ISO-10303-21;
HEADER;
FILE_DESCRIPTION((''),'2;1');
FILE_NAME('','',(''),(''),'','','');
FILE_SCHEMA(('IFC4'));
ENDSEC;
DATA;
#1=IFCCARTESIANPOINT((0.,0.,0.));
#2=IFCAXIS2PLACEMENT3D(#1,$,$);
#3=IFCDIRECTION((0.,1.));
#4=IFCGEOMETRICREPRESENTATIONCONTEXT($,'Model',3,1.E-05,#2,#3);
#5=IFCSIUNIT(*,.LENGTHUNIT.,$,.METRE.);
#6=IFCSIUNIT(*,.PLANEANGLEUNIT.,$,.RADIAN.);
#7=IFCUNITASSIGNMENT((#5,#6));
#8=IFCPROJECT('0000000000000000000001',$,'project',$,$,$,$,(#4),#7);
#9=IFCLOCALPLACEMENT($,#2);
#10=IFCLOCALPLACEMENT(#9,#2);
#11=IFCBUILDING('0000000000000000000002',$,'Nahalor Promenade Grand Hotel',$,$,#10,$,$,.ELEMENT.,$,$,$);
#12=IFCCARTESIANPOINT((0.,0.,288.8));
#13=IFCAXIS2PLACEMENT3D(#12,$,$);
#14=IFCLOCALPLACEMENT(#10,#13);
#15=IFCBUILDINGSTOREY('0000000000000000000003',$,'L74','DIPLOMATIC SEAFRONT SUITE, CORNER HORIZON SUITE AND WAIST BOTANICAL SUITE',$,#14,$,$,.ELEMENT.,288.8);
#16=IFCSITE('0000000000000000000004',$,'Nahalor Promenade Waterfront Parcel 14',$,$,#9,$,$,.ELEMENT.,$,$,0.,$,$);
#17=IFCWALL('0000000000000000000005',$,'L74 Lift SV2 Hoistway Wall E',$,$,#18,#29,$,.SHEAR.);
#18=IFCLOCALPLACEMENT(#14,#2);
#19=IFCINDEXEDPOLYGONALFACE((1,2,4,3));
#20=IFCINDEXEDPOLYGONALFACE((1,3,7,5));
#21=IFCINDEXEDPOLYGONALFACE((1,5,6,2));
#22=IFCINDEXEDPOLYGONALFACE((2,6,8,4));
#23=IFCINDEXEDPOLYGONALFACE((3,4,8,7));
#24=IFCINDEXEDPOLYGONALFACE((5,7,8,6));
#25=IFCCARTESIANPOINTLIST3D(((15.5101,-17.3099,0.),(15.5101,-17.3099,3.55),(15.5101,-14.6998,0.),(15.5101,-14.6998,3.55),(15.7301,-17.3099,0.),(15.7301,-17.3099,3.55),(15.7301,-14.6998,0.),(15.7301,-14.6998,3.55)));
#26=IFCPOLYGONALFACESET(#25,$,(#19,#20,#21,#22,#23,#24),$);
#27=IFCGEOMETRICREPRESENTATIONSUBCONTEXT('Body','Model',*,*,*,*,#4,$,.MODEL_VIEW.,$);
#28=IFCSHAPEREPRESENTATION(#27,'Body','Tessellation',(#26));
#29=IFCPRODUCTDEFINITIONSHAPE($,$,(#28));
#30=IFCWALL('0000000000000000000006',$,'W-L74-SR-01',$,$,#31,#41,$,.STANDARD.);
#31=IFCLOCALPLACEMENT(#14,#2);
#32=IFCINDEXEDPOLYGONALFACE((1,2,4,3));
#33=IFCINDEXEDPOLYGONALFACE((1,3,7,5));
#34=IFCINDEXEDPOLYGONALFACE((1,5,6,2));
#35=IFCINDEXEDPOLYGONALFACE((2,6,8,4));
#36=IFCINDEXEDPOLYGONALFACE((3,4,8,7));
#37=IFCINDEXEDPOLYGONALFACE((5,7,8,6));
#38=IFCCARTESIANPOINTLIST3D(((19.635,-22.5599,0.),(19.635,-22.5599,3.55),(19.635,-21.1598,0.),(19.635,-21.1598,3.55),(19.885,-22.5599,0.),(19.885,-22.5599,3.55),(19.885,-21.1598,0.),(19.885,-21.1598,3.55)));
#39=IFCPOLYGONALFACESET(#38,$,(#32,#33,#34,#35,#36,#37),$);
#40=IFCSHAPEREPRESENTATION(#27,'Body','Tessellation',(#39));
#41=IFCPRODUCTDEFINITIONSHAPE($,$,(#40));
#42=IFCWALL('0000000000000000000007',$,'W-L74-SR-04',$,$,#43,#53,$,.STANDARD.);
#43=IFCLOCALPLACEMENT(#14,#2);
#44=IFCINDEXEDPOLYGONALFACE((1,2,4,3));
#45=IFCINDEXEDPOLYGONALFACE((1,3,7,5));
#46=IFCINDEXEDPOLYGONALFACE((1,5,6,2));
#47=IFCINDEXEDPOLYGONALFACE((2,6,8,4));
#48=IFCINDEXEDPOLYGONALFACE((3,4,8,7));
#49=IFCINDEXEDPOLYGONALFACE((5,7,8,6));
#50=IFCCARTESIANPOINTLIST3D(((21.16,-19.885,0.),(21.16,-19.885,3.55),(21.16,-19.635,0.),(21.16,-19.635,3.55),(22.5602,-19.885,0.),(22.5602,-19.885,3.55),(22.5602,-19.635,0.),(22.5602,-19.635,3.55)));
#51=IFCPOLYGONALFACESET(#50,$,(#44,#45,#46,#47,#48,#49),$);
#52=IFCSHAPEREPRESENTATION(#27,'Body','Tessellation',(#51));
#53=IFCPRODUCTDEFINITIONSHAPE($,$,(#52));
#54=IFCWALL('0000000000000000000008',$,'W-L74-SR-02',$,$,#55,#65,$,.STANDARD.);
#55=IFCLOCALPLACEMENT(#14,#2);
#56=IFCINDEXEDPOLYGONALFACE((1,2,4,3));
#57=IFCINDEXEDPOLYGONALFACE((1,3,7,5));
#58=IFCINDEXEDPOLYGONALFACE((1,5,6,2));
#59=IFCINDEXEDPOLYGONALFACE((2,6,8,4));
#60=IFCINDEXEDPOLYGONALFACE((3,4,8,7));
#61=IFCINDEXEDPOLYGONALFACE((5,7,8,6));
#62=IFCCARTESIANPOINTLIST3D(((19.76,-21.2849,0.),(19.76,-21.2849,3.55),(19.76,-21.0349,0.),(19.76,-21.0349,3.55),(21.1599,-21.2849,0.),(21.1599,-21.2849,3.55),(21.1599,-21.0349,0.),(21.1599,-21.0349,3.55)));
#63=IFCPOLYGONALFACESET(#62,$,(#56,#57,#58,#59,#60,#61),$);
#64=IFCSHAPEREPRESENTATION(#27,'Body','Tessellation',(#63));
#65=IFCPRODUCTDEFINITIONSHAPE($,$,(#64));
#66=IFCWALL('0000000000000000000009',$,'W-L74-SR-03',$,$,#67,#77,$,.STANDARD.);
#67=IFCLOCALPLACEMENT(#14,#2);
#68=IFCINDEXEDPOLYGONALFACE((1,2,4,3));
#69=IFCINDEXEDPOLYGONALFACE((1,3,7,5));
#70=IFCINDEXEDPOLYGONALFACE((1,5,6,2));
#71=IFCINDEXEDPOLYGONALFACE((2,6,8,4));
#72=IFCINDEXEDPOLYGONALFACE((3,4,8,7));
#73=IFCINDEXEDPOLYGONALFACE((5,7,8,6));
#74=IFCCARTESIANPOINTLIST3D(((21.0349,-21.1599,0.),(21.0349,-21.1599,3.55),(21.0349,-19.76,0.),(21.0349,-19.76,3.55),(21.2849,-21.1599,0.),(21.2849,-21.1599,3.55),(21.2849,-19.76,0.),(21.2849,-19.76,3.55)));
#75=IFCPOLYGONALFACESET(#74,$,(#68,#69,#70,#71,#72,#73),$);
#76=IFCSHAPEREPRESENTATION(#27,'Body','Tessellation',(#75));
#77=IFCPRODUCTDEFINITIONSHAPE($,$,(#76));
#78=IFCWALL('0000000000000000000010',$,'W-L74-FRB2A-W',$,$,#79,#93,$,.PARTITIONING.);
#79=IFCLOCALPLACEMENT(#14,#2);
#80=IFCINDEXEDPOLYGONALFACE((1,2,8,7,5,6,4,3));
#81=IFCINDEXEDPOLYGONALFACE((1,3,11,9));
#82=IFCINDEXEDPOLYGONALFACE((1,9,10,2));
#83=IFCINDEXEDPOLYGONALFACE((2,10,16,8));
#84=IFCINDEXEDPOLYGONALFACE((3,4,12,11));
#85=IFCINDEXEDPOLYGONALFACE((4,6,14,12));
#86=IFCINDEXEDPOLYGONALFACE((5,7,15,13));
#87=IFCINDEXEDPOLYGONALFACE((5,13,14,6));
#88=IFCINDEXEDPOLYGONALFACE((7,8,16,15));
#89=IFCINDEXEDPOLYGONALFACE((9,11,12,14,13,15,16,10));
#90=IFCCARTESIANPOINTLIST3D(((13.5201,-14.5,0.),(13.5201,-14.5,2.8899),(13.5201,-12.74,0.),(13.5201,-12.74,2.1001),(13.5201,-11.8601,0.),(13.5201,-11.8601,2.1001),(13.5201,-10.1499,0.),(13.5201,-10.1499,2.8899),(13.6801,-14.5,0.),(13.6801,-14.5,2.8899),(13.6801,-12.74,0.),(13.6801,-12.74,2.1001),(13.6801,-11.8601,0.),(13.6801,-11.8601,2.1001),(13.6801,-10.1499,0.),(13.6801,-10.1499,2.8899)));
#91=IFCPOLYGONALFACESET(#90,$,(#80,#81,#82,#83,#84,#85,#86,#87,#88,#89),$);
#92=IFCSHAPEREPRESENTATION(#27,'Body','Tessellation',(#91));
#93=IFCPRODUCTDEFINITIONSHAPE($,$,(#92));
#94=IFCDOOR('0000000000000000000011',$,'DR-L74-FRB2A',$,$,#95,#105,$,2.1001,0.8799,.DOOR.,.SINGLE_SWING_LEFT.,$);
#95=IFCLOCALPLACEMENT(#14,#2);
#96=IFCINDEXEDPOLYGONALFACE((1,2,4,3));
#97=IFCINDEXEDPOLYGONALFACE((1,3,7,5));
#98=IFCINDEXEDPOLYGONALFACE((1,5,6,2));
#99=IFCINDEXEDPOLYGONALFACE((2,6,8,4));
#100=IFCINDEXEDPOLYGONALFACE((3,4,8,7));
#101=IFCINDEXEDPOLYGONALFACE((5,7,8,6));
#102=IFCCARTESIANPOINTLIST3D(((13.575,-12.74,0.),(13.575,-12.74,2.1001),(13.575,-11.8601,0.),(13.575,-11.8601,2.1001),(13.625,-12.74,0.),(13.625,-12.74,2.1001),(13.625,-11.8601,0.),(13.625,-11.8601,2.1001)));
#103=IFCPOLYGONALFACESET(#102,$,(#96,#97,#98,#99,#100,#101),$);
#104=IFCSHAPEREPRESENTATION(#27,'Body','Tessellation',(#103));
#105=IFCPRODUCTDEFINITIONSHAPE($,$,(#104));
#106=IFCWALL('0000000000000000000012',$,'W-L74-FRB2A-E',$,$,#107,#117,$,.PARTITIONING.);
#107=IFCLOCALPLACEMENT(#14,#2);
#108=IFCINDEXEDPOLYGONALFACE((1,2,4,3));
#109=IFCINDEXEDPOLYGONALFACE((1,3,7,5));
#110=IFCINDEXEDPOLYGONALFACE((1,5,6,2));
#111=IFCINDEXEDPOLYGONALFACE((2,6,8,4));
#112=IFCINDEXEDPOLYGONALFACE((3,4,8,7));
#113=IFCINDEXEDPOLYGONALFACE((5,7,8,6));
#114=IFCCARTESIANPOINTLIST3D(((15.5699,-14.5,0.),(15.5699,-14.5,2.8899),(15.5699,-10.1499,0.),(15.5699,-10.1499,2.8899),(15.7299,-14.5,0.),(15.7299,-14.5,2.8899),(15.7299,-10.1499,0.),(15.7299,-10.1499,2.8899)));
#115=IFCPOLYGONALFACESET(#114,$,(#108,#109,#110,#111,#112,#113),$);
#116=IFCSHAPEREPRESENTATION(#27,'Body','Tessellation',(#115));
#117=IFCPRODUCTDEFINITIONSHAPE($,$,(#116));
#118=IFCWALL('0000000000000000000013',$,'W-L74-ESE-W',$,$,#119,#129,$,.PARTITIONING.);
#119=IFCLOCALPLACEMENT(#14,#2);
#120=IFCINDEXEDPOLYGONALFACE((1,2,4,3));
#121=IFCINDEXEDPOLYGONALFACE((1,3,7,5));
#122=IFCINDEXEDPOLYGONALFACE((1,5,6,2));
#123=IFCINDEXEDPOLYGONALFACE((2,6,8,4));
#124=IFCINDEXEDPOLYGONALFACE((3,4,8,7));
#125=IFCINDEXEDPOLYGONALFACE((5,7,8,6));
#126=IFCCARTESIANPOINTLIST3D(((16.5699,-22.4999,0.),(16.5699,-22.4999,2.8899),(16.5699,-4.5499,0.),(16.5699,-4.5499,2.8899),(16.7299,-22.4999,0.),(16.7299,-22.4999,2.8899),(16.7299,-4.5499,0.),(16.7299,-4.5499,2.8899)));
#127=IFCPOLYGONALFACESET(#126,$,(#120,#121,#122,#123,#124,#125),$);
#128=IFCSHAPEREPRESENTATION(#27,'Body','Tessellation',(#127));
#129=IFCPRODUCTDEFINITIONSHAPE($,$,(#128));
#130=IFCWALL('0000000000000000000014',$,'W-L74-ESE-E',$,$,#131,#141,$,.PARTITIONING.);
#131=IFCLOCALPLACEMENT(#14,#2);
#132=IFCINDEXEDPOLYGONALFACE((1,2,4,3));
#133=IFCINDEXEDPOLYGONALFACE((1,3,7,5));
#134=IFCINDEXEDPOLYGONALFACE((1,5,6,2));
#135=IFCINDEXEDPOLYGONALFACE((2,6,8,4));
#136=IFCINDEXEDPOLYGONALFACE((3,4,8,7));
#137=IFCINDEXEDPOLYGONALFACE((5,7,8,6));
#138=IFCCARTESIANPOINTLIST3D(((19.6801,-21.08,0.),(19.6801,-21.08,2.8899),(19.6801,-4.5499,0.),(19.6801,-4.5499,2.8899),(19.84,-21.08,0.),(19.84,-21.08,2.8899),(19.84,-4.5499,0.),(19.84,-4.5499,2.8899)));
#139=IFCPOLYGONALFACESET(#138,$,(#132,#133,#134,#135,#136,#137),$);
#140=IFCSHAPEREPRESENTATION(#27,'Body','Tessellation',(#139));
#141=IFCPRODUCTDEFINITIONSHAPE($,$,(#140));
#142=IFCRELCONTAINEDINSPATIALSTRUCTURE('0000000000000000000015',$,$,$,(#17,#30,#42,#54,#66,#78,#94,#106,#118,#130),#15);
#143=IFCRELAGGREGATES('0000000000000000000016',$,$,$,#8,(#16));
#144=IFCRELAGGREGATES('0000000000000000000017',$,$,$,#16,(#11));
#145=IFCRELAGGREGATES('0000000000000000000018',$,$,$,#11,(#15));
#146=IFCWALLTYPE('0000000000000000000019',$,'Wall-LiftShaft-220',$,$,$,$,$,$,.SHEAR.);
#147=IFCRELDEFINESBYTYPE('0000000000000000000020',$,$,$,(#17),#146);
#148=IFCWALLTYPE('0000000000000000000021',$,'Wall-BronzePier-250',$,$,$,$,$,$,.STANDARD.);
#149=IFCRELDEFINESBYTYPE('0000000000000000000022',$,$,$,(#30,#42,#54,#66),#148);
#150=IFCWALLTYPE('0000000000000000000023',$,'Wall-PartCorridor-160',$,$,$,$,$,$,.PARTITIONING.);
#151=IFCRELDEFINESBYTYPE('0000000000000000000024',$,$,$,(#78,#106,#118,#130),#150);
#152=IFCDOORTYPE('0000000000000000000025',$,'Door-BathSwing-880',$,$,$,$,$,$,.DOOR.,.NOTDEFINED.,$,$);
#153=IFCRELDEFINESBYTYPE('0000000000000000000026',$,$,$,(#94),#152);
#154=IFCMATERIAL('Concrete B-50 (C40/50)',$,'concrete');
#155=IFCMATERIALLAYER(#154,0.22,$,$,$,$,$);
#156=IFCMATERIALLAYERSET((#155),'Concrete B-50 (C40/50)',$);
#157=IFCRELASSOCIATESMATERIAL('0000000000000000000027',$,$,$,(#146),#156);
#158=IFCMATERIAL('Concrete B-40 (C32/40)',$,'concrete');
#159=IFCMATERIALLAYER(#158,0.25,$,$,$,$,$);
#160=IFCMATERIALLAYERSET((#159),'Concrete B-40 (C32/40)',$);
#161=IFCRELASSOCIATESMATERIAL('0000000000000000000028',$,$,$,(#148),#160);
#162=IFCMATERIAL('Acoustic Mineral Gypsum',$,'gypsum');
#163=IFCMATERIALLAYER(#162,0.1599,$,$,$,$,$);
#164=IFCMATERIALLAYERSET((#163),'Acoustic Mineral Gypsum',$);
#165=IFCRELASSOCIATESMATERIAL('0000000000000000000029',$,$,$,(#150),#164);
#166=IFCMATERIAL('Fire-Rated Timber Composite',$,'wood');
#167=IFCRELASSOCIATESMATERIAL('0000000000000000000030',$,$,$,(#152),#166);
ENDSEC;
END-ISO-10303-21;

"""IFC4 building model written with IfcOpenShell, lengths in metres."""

from ifc_helpers import new_model, si_unit, direction, frame, frame_2d, origin, place, context, subcontext, project, spatial, rectangle, extrude, source, transform, mapped, material, layer, layer_set, type_object, element, fill, save


model = new_model("IFC4")

# Units and contexts
model_context = context("Model", 3, precision=1e-05, world=origin(), true_north=direction((0.0, 1.0)))
body_context = subcontext(model_context, "Body", "Model", "MODEL_VIEW")
ifc_project = project(units=[si_unit("LENGTHUNIT", "METRE"), si_unit("PLANEANGLEUNIT", "RADIAN")], contexts=[model_context])

# Site, building, storey
site_placement = place(None, origin())
site = spatial("IfcSite", under=ifc_project, at=site_placement, Name="Nahalor Promenade Waterfront Parcel 14", CompositionType="ELEMENT", RefElevation=0.0)
building_placement = place(site_placement, origin())
building = spatial("IfcBuilding", under=site, at=building_placement, Name="Nahalor Promenade Grand Hotel", CompositionType="ELEMENT")
storey_placement = place(building_placement, frame((0.0, 0.0, 288.8)))
storey = spatial("IfcBuildingStorey", under=building, at=storey_placement, Name="L74", Description="DIPLOMATIC SEAFRONT SUITE, CORNER HORIZON SUITE AND WAIST BOTANICAL SUITE", CompositionType="ELEMENT", Elevation=288.8)

# Shared definitions
ifc_material_1 = material(Name="Concrete B-50 (C40/50)", Category="concrete")

# Walls
ifc_layer_1 = layer(ifc_material_1, 0.22)
ifc_layer_set_1 = layer_set([ifc_layer_1], Name="Concrete B-50 (C40/50)")
wall_type_1 = type_object("IfcWallType", Name="Wall-LiftShaft-220", PredefinedType="SHEAR", material=ifc_layer_set_1)
shared_shape_1 = source(origin(), body_context, "Body", "SweptSolid", [
    extrude(rectangle(XDim=2.6101, YDim=0.22, at=frame_2d((1.3052, 0.0))), origin(), (0.0, 0.0, 1.0), 3.55),
])
wall_1_placement = place(storey_placement, frame((15.6201, -17.3101, 0.0), z_axis=(0.0, 0.0, 1.0), x_axis=(0.0, 1.0, 0.0)))
element("IfcWall", 1, at=wall_1_placement, inside=storey, type_object=wall_type_1, Name="L74 Lift SV2 Hoistway Wall E", PredefinedType="SHEAR", context=body_context, shape_type="MappedRepresentation", body=[
    mapped(shared_shape_1, transform((0.0, 0.0, 0.0), scale=1.0)),
])
ifc_material_2 = material(Name="Concrete B-40 (C32/40)", Category="concrete")
ifc_layer_2 = layer(ifc_material_2, 0.25)
ifc_layer_set_2 = layer_set([ifc_layer_2], Name="Concrete B-40 (C32/40)")
wall_type_2 = type_object("IfcWallType", Name="Wall-BronzePier-250", PredefinedType="STANDARD", material=ifc_layer_set_2)
shared_shape_2 = source(origin(), body_context, "Body", "SweptSolid", [
    extrude(rectangle(XDim=1.4001, YDim=0.25, at=frame_2d((0.7002, 0.0))), origin(), (0.0, 0.0, 1.0), 3.55),
])
for number, where, z_axis, x_axis, name in (
    (2, (19.76, -22.5601, 0.0), (0.0, 0.0, 1.0), (0.0, 1.0, 0.0), "W-L74-SR-01"),
    (3, (21.1599, -19.76, 0.0), (0.0, 0.0, 1.0), (1.0, 0.0, 0.0), "W-L74-SR-04"),
):
    element("IfcWall", number, at=place(storey_placement, frame(where, z_axis=z_axis, x_axis=x_axis)), inside=storey, type_object=wall_type_2, Name=name, PredefinedType="STANDARD", context=body_context, shape_type="MappedRepresentation", body=[
        mapped(shared_shape_2, transform((0.0, 0.0, 0.0), scale=1.0)),
    ])
shared_shape_3 = source(origin(), body_context, "Body", "SweptSolid", [
    extrude(rectangle(XDim=1.3999, YDim=0.25, at=frame_2d((0.7, 0.0))), origin(), (0.0, 0.0, 1.0), 3.55),
])
for number, where, z_axis, x_axis, name in (
    (4, (19.76, -21.1599, 0.0), (0.0, 0.0, 1.0), (1.0, 0.0, 0.0), "W-L74-SR-02"),
    (5, (21.1599, -21.1599, 0.0), (0.0, 0.0, 1.0), (0.0, 1.0, 0.0), "W-L74-SR-03"),
):
    element("IfcWall", number, at=place(storey_placement, frame(where, z_axis=z_axis, x_axis=x_axis)), inside=storey, type_object=wall_type_2, Name=name, PredefinedType="STANDARD", context=body_context, shape_type="MappedRepresentation", body=[
        mapped(shared_shape_3, transform((0.0, 0.0, 0.0), scale=1.0)),
    ])

# Wall, opening, door
ifc_material_3 = material(Name="Acoustic Mineral Gypsum", Category="gypsum")
ifc_layer_3 = layer(ifc_material_3, 0.1599)
ifc_layer_set_3 = layer_set([ifc_layer_3], Name="Acoustic Mineral Gypsum")
wall_type_3 = type_object("IfcWallType", Name="Wall-PartCorridor-160", PredefinedType="PARTITIONING", material=ifc_layer_set_3)
shared_shape_4 = source(origin(), body_context, "Body", "SweptSolid", [
    extrude(rectangle(XDim=4.3501, YDim=0.1599, at=frame_2d((2.175, 0.0))), origin(), (0.0, 0.0, 1.0), 2.8899),
])
wall_2_placement = place(storey_placement, frame((13.6001, -14.5, 0.0), z_axis=(0.0, 0.0, 1.0), x_axis=(0.0, 1.0, 0.0)))
wall_2 = element("IfcWall", 6, at=wall_2_placement, inside=storey, type_object=wall_type_3, Name="W-L74-FRB2A-W", PredefinedType="PARTITIONING", context=body_context, shape_type="MappedRepresentation", body=[
    mapped(shared_shape_4, transform((0.0, 0.0, 0.0), scale=1.0)),
])
opening_placement = place(wall_2_placement, frame((1.76, 0.0, 0.0)))
opening = element("IfcOpeningElement", 7, at=opening_placement, cuts=wall_2, PredefinedType="OPENING", context=body_context, shape_type="SweptSolid", body=[
    extrude(rectangle(XDim=0.8799, YDim=2.1001, at=frame_2d((0.4399, 1.05))), frame((0.0, 0.0898, 0.0), z_axis=(0.0, -1.0, 0.0), x_axis=(1.0, 0.0, 0.0)), (0.0, 0.0, 1.0), 0.1799),
])
ifc_material_4 = material(Name="Fire-Rated Timber Composite", Category="wood")
door_type = type_object("IfcDoorType", Name="Door-BathSwing-880", OperationType="NOTDEFINED", PredefinedType="DOOR", material=ifc_material_4)
shared_shape_5 = source(origin(), body_context, "Body", "SweptSolid", [
    extrude(rectangle(XDim=0.8799, YDim=2.1001, at=frame_2d((0.4399, 1.05))), frame((0.0, 0.0249, 0.0), z_axis=(0.0, -1.0, 0.0), x_axis=(1.0, 0.0, 0.0)), (0.0, 0.0, 1.0), 0.05),
])
door_placement = place(opening_placement, frame((0.8799, 0.0, 0.0), z_axis=(0.0, 0.0, 1.0), x_axis=(-1.0, 0.0, 0.0)))
door = element("IfcDoor", 8, at=door_placement, inside=storey, type_object=door_type, Name="DR-L74-FRB2A", OperationType="SINGLE_SWING_LEFT", OverallHeight=2.1001, OverallWidth=0.8799, PredefinedType="DOOR", context=body_context, shape_type="MappedRepresentation", body=[
    mapped(shared_shape_5, transform((0.0, 0.0, 0.0), scale=1.0)),
])
fill(opening, door)

# Walls
wall_3_placement = place(storey_placement, frame((15.6499, -14.5, 0.0), z_axis=(0.0, 0.0, 1.0), x_axis=(0.0, 1.0, 0.0)))
element("IfcWall", 9, at=wall_3_placement, inside=storey, type_object=wall_type_3, Name="W-L74-FRB2A-E", PredefinedType="PARTITIONING", context=body_context, shape_type="MappedRepresentation", body=[
    mapped(shared_shape_4, transform((0.0, 0.0, 0.0), scale=1.0)),
])
shared_shape_6 = source(origin(), body_context, "Body", "SweptSolid", [
    extrude(rectangle(XDim=17.95, YDim=0.1599, at=frame_2d((8.9751, 0.0))), origin(), (0.0, 0.0, 1.0), 2.8899),
])
wall_4_placement = place(storey_placement, frame((16.6499, -22.5, 0.0), z_axis=(0.0, 0.0, 1.0), x_axis=(0.0, 1.0, 0.0)))
element("IfcWall", 10, at=wall_4_placement, inside=storey, type_object=wall_type_3, Name="W-L74-ESE-W", PredefinedType="PARTITIONING", context=body_context, shape_type="MappedRepresentation", body=[
    mapped(shared_shape_6, transform((0.0, 0.0, 0.0), scale=1.0)),
])
shared_shape_7 = source(origin(), body_context, "Body", "SweptSolid", [
    extrude(rectangle(XDim=16.53, YDim=0.1599, at=frame_2d((8.2651, 0.0))), origin(), (0.0, 0.0, 1.0), 2.8899),
])
wall_5_placement = place(storey_placement, frame((19.76, -21.0801, 0.0), z_axis=(0.0, 0.0, 1.0), x_axis=(0.0, 1.0, 0.0)))
element("IfcWall", 11, at=wall_5_placement, inside=storey, type_object=wall_type_3, Name="W-L74-ESE-E", PredefinedType="PARTITIONING", context=body_context, shape_type="MappedRepresentation", body=[
    mapped(shared_shape_7, transform((0.0, 0.0, 0.0), scale=1.0)),
])

save(model, "model.ifc")
